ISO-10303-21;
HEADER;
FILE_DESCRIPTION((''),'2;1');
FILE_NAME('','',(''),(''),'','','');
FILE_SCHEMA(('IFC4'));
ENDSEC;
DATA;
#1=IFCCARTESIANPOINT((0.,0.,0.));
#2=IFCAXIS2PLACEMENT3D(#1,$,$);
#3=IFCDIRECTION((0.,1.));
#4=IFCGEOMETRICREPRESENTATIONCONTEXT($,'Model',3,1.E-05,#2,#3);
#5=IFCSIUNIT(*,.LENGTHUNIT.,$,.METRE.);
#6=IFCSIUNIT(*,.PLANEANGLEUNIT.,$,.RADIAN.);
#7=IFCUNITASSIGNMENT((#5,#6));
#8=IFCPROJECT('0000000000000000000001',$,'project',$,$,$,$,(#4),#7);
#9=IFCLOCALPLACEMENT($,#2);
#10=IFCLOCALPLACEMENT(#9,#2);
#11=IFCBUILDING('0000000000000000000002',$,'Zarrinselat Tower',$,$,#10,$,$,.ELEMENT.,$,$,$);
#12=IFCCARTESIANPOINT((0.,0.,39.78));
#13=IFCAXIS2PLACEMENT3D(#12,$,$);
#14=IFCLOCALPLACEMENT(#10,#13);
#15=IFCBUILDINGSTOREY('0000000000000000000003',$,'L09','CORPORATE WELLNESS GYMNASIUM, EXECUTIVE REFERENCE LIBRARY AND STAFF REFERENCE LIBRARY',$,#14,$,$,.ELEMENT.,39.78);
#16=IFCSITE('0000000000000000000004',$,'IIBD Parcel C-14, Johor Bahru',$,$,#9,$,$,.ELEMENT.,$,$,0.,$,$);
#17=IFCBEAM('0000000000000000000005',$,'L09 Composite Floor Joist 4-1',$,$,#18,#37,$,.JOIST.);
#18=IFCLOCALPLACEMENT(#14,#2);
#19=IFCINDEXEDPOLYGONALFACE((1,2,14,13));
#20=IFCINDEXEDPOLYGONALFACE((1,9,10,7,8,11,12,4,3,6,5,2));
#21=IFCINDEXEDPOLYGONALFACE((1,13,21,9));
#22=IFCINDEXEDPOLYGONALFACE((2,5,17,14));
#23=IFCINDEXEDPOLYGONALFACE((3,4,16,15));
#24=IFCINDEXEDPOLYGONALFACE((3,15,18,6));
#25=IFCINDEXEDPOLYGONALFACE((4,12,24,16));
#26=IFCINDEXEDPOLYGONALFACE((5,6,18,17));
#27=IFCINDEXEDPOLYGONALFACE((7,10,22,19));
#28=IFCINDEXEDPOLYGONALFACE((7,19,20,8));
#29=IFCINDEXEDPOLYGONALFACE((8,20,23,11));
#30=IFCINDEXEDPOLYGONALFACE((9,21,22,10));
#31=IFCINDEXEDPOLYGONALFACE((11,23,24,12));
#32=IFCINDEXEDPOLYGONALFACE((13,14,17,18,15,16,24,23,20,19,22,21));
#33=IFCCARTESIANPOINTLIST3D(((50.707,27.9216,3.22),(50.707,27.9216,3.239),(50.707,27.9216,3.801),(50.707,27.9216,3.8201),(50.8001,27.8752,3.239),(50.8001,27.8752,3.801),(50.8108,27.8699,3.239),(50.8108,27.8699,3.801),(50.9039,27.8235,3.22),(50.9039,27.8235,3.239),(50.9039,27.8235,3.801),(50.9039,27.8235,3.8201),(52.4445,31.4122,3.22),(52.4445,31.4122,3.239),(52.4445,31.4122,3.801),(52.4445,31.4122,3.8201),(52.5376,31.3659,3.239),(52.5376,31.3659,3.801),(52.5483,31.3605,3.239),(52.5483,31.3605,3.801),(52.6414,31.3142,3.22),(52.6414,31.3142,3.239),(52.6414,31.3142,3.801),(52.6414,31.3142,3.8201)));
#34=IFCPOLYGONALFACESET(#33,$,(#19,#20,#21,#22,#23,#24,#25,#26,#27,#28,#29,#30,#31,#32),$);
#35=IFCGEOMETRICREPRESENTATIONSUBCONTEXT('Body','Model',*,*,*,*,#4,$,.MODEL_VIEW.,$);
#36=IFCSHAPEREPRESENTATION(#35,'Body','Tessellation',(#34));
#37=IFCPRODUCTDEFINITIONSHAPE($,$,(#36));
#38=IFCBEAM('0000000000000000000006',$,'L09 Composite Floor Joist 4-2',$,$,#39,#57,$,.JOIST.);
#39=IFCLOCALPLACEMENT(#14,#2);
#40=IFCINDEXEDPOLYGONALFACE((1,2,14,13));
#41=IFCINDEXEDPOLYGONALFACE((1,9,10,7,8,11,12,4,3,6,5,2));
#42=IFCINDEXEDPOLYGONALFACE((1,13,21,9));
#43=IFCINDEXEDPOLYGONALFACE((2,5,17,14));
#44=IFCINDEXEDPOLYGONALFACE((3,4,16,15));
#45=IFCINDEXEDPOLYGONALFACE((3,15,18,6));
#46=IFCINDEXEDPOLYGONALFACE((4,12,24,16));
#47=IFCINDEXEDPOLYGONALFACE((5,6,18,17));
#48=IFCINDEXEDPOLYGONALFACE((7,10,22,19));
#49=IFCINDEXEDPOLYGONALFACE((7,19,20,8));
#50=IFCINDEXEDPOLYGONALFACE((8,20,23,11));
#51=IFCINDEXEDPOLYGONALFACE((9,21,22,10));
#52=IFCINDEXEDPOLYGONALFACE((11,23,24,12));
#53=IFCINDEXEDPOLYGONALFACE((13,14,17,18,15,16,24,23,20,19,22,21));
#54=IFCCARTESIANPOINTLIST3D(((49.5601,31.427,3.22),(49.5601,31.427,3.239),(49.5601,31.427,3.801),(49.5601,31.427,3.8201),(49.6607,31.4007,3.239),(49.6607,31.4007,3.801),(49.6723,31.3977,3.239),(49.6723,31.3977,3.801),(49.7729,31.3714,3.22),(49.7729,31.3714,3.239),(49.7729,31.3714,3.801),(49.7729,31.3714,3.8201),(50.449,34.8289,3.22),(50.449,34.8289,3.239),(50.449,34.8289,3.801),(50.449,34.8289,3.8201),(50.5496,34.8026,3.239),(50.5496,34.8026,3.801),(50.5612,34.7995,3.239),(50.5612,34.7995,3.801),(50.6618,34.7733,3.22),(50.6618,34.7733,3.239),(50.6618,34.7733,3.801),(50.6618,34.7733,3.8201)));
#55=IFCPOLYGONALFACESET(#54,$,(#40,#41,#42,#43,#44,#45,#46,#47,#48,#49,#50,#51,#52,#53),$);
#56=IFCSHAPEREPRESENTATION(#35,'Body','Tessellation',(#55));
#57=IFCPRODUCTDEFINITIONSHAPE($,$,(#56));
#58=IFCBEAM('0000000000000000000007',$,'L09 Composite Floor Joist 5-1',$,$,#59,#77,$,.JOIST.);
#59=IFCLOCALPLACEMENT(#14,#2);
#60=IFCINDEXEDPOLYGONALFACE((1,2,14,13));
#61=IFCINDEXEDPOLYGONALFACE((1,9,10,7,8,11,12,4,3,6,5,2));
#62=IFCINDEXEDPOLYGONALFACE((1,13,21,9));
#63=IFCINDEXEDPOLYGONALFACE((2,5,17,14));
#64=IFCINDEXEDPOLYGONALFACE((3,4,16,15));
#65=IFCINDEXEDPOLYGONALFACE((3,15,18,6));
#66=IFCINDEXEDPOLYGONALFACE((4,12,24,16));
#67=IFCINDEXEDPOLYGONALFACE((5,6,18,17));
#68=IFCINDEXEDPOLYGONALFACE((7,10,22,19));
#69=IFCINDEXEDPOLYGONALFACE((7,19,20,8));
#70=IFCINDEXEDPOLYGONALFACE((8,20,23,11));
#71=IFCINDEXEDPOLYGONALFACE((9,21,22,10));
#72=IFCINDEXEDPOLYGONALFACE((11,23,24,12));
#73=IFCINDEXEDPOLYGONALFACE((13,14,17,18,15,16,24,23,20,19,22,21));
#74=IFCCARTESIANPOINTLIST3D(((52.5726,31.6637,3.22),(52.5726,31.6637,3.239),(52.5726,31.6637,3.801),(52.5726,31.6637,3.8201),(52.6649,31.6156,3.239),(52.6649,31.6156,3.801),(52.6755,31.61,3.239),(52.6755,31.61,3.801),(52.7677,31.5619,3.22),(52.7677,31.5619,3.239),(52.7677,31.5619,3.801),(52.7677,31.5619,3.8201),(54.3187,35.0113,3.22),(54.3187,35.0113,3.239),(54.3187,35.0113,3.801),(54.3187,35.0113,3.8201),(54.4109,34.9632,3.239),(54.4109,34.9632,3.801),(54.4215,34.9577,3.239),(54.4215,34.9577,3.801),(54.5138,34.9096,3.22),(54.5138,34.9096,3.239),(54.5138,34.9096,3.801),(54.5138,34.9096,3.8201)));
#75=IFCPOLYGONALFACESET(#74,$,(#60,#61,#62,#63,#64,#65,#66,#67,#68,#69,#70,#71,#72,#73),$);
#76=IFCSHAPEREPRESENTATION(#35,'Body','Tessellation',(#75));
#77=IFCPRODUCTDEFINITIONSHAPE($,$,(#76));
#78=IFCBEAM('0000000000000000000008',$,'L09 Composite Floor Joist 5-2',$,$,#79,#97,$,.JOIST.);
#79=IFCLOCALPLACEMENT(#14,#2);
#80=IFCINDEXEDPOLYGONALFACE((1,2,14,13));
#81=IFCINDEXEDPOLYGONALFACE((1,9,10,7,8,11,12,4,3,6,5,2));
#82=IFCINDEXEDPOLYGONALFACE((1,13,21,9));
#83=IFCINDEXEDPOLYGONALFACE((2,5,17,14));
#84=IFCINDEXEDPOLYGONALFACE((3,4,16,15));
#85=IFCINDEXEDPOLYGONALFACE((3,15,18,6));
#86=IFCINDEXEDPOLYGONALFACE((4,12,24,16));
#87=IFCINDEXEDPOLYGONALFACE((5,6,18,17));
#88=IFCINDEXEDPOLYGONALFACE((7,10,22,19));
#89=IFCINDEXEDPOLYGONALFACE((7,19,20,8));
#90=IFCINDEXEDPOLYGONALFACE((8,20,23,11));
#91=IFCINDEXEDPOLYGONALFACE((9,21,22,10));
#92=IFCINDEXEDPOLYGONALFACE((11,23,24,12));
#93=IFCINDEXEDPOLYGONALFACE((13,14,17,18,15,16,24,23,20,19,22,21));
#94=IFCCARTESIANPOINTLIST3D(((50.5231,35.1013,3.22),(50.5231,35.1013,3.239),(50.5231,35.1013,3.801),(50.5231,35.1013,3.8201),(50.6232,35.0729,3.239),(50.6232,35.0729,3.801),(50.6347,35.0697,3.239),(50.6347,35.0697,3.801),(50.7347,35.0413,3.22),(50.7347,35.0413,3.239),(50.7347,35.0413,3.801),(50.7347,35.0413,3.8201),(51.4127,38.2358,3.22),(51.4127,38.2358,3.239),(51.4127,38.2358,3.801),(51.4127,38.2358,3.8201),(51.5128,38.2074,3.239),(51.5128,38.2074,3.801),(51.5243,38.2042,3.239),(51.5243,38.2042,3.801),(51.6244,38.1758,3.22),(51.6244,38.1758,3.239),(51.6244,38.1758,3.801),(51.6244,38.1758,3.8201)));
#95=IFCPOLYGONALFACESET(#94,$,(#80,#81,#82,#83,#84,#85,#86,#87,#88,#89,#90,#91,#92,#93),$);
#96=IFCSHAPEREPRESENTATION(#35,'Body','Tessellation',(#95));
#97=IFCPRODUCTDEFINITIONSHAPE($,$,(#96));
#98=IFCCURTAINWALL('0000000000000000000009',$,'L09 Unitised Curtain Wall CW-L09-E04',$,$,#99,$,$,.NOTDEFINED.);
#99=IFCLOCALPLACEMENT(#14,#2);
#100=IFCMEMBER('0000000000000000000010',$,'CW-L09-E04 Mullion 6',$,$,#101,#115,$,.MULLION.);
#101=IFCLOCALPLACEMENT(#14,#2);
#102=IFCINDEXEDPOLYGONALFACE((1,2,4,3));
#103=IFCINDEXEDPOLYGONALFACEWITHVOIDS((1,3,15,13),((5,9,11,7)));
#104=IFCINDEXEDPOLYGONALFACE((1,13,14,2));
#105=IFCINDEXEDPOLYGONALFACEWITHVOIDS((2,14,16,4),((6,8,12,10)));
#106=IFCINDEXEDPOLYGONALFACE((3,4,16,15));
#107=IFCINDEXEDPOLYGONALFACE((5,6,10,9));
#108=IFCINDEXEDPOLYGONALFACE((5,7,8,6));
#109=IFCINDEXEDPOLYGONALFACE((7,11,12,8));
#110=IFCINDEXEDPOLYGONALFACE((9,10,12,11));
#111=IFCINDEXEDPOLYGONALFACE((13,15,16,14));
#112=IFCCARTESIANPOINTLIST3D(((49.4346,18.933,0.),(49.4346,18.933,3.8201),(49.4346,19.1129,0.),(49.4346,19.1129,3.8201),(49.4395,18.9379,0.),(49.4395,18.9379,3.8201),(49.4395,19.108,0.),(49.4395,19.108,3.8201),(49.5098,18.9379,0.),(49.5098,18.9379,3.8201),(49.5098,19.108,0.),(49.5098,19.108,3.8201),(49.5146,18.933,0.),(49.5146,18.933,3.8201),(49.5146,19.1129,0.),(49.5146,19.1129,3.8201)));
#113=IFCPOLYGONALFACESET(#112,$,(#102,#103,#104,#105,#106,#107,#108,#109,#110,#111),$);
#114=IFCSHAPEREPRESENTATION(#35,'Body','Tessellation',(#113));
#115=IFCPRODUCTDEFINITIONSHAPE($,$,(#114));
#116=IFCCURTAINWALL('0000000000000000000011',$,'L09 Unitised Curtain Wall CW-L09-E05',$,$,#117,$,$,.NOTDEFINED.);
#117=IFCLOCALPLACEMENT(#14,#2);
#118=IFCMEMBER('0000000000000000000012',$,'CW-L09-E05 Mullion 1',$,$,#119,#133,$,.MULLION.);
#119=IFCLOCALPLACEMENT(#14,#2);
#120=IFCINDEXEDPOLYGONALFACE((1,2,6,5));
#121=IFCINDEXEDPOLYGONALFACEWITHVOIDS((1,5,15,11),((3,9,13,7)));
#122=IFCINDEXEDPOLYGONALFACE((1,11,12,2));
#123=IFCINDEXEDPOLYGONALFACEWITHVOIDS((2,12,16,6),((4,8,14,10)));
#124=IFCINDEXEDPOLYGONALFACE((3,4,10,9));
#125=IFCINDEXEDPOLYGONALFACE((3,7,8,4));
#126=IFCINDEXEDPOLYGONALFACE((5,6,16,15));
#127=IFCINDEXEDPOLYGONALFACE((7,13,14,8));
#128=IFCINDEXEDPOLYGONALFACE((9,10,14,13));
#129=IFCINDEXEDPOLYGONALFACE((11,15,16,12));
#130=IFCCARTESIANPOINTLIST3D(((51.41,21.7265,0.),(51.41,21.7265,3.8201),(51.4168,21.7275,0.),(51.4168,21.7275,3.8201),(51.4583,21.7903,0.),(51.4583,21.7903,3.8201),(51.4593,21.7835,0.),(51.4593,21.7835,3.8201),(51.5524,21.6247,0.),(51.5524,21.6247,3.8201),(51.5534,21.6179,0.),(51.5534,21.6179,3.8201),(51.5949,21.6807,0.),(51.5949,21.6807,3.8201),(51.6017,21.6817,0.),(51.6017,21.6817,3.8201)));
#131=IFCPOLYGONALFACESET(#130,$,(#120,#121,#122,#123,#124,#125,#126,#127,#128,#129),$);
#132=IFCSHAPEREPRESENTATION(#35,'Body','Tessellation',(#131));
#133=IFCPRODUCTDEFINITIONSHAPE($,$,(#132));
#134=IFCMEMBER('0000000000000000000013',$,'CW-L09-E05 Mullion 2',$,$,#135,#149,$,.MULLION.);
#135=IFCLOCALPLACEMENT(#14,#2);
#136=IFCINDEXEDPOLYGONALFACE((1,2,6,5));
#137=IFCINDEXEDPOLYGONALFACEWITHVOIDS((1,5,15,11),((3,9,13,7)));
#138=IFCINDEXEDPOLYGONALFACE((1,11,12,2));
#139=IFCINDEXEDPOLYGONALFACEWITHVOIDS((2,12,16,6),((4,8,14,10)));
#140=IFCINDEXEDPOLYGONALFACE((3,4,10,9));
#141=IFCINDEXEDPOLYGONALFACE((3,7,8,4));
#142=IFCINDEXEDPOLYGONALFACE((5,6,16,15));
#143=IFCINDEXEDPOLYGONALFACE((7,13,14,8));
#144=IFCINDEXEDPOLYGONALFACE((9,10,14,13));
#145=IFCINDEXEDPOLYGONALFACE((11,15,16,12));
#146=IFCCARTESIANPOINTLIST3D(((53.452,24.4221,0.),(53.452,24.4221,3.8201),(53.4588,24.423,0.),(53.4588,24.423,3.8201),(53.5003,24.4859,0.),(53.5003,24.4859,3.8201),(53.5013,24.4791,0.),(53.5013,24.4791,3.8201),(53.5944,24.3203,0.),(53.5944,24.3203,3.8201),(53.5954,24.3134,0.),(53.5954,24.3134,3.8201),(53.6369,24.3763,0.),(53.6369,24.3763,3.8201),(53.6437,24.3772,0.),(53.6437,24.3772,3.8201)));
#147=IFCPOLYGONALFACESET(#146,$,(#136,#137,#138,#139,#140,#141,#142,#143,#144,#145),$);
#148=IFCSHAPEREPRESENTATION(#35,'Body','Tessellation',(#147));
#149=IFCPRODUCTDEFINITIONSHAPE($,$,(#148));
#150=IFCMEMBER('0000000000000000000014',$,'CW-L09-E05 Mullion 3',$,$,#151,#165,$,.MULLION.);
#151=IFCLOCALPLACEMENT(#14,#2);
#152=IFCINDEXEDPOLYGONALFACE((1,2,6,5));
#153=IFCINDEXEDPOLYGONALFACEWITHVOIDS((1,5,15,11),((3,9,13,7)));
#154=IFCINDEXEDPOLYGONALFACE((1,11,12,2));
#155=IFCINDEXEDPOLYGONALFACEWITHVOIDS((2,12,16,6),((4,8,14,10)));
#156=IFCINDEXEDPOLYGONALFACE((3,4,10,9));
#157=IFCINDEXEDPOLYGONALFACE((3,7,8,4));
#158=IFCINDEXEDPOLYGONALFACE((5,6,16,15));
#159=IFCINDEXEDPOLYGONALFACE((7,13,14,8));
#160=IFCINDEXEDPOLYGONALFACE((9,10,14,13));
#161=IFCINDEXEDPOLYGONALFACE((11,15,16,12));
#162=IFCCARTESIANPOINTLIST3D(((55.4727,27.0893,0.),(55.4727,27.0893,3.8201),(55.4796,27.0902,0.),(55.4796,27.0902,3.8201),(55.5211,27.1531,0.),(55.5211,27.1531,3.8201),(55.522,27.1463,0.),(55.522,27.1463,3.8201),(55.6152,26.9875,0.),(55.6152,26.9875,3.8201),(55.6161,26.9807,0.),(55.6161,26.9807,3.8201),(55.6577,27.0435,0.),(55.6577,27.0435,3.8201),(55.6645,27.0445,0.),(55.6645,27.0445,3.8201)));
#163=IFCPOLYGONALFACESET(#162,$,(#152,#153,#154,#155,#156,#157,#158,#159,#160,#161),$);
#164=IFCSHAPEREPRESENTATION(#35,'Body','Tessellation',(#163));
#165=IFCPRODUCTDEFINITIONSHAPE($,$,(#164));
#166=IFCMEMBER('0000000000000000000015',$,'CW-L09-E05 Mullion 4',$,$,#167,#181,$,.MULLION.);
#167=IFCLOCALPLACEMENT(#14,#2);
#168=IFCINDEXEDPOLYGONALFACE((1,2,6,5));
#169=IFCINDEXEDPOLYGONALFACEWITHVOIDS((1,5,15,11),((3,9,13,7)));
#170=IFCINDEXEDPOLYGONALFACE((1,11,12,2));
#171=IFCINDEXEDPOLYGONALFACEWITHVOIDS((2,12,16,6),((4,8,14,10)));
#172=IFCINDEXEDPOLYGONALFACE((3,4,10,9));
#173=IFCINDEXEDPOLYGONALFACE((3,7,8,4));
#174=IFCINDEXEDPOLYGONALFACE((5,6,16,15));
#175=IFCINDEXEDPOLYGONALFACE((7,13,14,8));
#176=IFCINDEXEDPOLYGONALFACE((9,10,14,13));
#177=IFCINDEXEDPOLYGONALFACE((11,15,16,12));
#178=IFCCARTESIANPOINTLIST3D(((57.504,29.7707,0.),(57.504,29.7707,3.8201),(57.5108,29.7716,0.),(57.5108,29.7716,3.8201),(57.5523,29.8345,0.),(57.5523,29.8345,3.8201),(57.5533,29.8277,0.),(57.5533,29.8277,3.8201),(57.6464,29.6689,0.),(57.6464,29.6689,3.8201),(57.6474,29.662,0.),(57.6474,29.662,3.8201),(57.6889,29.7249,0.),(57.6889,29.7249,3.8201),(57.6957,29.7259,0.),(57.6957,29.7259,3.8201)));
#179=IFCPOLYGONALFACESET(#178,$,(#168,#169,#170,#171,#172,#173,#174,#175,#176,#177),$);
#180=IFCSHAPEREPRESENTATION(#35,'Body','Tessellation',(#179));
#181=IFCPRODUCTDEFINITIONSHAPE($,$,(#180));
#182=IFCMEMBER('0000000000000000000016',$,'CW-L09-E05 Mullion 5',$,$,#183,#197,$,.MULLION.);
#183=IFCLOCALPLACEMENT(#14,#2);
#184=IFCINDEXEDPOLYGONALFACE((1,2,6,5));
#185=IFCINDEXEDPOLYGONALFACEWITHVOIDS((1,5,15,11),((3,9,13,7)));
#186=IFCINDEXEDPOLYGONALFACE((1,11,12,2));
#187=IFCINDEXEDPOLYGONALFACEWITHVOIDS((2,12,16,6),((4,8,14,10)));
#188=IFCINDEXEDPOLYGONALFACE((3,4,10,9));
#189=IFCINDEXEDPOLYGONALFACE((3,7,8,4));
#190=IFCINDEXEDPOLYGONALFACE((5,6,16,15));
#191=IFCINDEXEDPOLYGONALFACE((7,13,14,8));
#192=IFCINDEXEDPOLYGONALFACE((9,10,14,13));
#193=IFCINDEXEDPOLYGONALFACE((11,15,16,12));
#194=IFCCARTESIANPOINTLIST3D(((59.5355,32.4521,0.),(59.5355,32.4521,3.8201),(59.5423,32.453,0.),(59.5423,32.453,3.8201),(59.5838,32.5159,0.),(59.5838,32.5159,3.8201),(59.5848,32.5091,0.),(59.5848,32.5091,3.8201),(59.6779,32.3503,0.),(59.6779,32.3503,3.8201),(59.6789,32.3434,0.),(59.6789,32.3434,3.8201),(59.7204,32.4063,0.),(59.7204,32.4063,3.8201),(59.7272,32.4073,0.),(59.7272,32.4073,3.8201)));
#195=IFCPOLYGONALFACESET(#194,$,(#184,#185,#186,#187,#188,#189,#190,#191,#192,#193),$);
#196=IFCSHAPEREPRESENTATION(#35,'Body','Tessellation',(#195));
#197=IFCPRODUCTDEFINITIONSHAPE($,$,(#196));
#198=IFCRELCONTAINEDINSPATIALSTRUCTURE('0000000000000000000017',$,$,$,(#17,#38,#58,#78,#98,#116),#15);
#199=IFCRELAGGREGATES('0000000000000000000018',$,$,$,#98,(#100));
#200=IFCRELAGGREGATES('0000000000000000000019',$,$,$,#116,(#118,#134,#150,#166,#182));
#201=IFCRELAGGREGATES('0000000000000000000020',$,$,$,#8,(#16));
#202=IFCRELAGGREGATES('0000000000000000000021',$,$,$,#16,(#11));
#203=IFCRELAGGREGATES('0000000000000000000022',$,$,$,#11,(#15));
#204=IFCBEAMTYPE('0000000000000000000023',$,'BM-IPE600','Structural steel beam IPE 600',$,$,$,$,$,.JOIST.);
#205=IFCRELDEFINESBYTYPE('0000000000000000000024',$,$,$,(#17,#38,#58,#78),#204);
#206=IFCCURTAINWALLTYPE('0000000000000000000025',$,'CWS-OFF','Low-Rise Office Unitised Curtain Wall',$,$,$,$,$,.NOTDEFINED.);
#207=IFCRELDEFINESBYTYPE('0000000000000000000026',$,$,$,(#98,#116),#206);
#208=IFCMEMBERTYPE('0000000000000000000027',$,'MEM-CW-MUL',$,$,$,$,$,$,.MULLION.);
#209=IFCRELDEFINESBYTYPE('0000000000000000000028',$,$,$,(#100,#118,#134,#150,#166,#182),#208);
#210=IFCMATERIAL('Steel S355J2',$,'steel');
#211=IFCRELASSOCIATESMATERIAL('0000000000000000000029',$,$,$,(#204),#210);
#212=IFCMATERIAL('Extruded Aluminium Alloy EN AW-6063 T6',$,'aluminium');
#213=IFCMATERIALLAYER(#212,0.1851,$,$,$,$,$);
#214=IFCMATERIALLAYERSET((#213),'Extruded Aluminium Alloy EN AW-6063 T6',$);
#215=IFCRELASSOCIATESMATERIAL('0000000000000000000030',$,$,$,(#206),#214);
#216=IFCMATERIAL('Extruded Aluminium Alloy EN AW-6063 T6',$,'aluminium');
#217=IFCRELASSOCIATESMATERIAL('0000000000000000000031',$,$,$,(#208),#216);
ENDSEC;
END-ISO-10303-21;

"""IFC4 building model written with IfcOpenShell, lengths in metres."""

from ifc_helpers import new_model, si_unit, direction, frame, origin, origin_2d, place, context, subcontext, project, spatial, hollow_rectangle, i_section, extrude, material, layer, layer_set, material_profile, profile_set, type_object, element, aggregate, save


model = new_model("IFC4")

# Units and contexts
model_context = context("Model", 3, precision=1e-05, world=origin(), true_north=direction((0.0, 1.0)))
body_context = subcontext(model_context, "Body", "Model", "MODEL_VIEW")
ifc_project = project(units=[si_unit("LENGTHUNIT", "METRE"), si_unit("PLANEANGLEUNIT", "RADIAN")], contexts=[model_context])

# Site, building, storey
site_placement = place(None, origin())
site = spatial("IfcSite", under=ifc_project, at=site_placement, Name="IIBD Parcel C-14, Johor Bahru", CompositionType="ELEMENT", RefElevation=0.0)
building_placement = place(site_placement, origin())
building = spatial("IfcBuilding", under=site, at=building_placement, Name="Zarrinselat Tower", CompositionType="ELEMENT")
storey_placement = place(building_placement, frame((0.0, 0.0, 39.78)))
storey = spatial("IfcBuildingStorey", under=building, at=storey_placement, Name="L09", Description="CORPORATE WELLNESS GYMNASIUM, EXECUTIVE REFERENCE LIBRARY AND STAFF REFERENCE LIBRARY", CompositionType="ELEMENT", Elevation=39.78)

# Beams
ifc_material_1 = material(Name="Steel S355J2", Category="steel")
ifc_material_profile_1 = material_profile(ifc_material_1, i_section(OverallWidth=0.22, OverallDepth=0.6001, WebThickness=0.012, FlangeThickness=0.019, at=origin_2d()), Name="IPE 600")
ifc_profile_set_1 = profile_set([ifc_material_profile_1], Name="Steel S355J2")
beam_type_1 = type_object("IfcBeamType", Name="BM-IPE600", Description="Structural steel beam IPE 600", PredefinedType="JOIST", material=ifc_profile_set_1)
beam_1_placement = place(storey_placement, frame((50.8054, 27.8726, 3.52), z_axis=(0.44561, 0.895227, 0.0), x_axis=(-0.895227, 0.44561, 0.0)))
element("IfcBeam", 1, at=beam_1_placement, inside=storey, type_object=beam_type_1, Name="L09 Composite Floor Joist 4-1", PredefinedType="JOIST", context=body_context, shape_type="SweptSolid", body=[
    extrude(i_section(OverallWidth=0.22, OverallDepth=0.6001, WebThickness=0.012, FlangeThickness=0.019, at=origin_2d()), origin(), (0.0, 0.0, 1.0), 3.8992),
])
beam_2_placement = place(storey_placement, frame((49.6665, 31.3992, 3.52), z_axis=(0.252815, 0.967515, 0.0), x_axis=(-0.967515, 0.252815, 0.0)))
element("IfcBeam", 2, at=beam_2_placement, inside=storey, type_object=beam_type_1, Name="L09 Composite Floor Joist 4-2", PredefinedType="JOIST", context=body_context, shape_type="SweptSolid", body=[
    extrude(i_section(OverallWidth=0.22, OverallDepth=0.6001, WebThickness=0.012, FlangeThickness=0.019, at=origin_2d()), origin(), (0.0, 0.0, 1.0), 3.5161),
])
beam_3_placement = place(storey_placement, frame((52.6702, 31.6128, 3.52), z_axis=(0.46246, 0.88664, 0.0), x_axis=(-0.88664, 0.46246, 0.0)))
element("IfcBeam", 3, at=beam_3_placement, inside=storey, type_object=beam_type_1, Name="L09 Composite Floor Joist 5-1", PredefinedType="JOIST", context=body_context, shape_type="SweptSolid", body=[
    extrude(i_section(OverallWidth=0.22, OverallDepth=0.6001, WebThickness=0.012, FlangeThickness=0.019, at=origin_2d()), origin(), (0.0, 0.0, 1.0), 3.7756),
])
beam_4_placement = place(storey_placement, frame((50.6289, 35.0713, 3.52), z_axis=(0.273038, 0.962003, 0.0), x_axis=(-0.962003, 0.273038, 0.0)))
element("IfcBeam", 4, at=beam_4_placement, inside=storey, type_object=beam_type_1, Name="L09 Composite Floor Joist 5-2", PredefinedType="JOIST", context=body_context, shape_type="SweptSolid", body=[
    extrude(i_section(OverallWidth=0.22, OverallDepth=0.6001, WebThickness=0.012, FlangeThickness=0.019, at=origin_2d()), origin(), (0.0, 0.0, 1.0), 3.2583),
])

# Curtain wall, member
ifc_material_2 = material(Name="Extruded Aluminium Alloy EN AW-6063 T6", Category="aluminium")
ifc_layer_1 = layer(ifc_material_2, 0.1851)
ifc_layer_set_1 = layer_set([ifc_layer_1], Name="Extruded Aluminium Alloy EN AW-6063 T6")
curtain_wall_type = type_object("IfcCurtainWallType", Name="CWS-OFF", Description="Low-Rise Office Unitised Curtain Wall", PredefinedType="NOTDEFINED", material=ifc_layer_set_1)
curtain_wall_1_placement = place(storey_placement, origin())
curtain_wall_1 = element("IfcCurtainWall", 5, at=curtain_wall_1_placement, inside=storey, type_object=curtain_wall_type, Name="L09 Unitised Curtain Wall CW-L09-E04", PredefinedType="NOTDEFINED")
ifc_material_3 = material(Name="Extruded Aluminium Alloy EN AW-6063 T6", Category="aluminium")
ifc_material_profile_2 = material_profile(ifc_material_3, hollow_rectangle(XDim=0.0801, YDim=0.1799, WallThickness=0.0049, at=origin_2d()), Name="RHS 180x80x5")
ifc_profile_set_2 = profile_set([ifc_material_profile_2], Name="Extruded Aluminium Alloy EN AW-6063 T6")
member_type_1 = type_object("IfcMemberType", Name="MEM-CW-MUL", PredefinedType="MULLION", material=ifc_profile_set_2)
member_1_placement = place(storey_placement, frame((49.4746, 19.0229, 0.0), z_axis=(0.0, 0.0, 1.0), x_axis=(1.0, 0.0, 0.0)))
member_1 = element("IfcMember", 6, at=member_1_placement, type_object=member_type_1, Name="CW-L09-E04 Mullion 6", PredefinedType="MULLION", context=body_context, shape_type="SweptSolid", body=[
    extrude(hollow_rectangle(XDim=0.0801, YDim=0.1799, WallThickness=0.0049, at=origin_2d()), origin(), (0.0, 0.0, 1.0), 3.8201),
])
aggregate(curtain_wall_1, [member_1])

# Curtain wall, members
curtain_wall_2_placement = place(storey_placement, origin())
curtain_wall_2 = element("IfcCurtainWall", 7, at=curtain_wall_2_placement, inside=storey, type_object=curtain_wall_type, Name="L09 Unitised Curtain Wall CW-L09-E05", PredefinedType="NOTDEFINED")
member_2_placement = place(storey_placement, frame((51.5059, 21.7041, 0.0), z_axis=(0.0, 0.0, 1.0), x_axis=(0.603859, 0.797091, 0.0)))
member_2 = element("IfcMember", 8, at=member_2_placement, type_object=member_type_1, Name="CW-L09-E05 Mullion 1", PredefinedType="MULLION", context=body_context, shape_type="SweptSolid", body=[
    extrude(hollow_rectangle(XDim=0.0801, YDim=0.1799, WallThickness=0.0049, at=origin_2d()), origin(), (0.0, 0.0, 1.0), 3.8201),
])
member_3_placement = place(storey_placement, frame((53.5479, 24.3997, 0.0), z_axis=(0.0, 0.0, 1.0), x_axis=(0.603859, 0.797091, 0.0)))
member_3 = element("IfcMember", 9, at=member_3_placement, type_object=member_type_1, Name="CW-L09-E05 Mullion 2", PredefinedType="MULLION", context=body_context, shape_type="SweptSolid", body=[
    extrude(hollow_rectangle(XDim=0.0801, YDim=0.1799, WallThickness=0.0049, at=origin_2d()), origin(), (0.0, 0.0, 1.0), 3.8201),
])
member_4_placement = place(storey_placement, frame((55.5686, 27.0669, 0.0), z_axis=(0.0, 0.0, 1.0), x_axis=(0.603859, 0.797091, 0.0)))
member_4 = element("IfcMember", 10, at=member_4_placement, type_object=member_type_1, Name="CW-L09-E05 Mullion 3", PredefinedType="MULLION", context=body_context, shape_type="SweptSolid", body=[
    extrude(hollow_rectangle(XDim=0.0801, YDim=0.1799, WallThickness=0.0049, at=origin_2d()), origin(), (0.0, 0.0, 1.0), 3.8201),
])
member_5_placement = place(storey_placement, frame((57.5999, 29.7483, 0.0), z_axis=(0.0, 0.0, 1.0), x_axis=(0.603859, 0.797091, 0.0)))
member_5 = element("IfcMember", 11, at=member_5_placement, type_object=member_type_1, Name="CW-L09-E05 Mullion 4", PredefinedType="MULLION", context=body_context, shape_type="SweptSolid", body=[
    extrude(hollow_rectangle(XDim=0.0801, YDim=0.1799, WallThickness=0.0049, at=origin_2d()), origin(), (0.0, 0.0, 1.0), 3.8201),
])
member_6_placement = place(storey_placement, frame((59.6313, 32.4297, 0.0), z_axis=(0.0, 0.0, 1.0), x_axis=(0.603859, 0.797091, 0.0)))
member_6 = element("IfcMember", 12, at=member_6_placement, type_object=member_type_1, Name="CW-L09-E05 Mullion 5", PredefinedType="MULLION", context=body_context, shape_type="SweptSolid", body=[
    extrude(hollow_rectangle(XDim=0.0801, YDim=0.1799, WallThickness=0.0049, at=origin_2d()), origin(), (0.0, 0.0, 1.0), 3.8201),
])

aggregate(curtain_wall_2, [member_2, member_3, member_4, member_5, member_6])

save(model, "model.ifc")
